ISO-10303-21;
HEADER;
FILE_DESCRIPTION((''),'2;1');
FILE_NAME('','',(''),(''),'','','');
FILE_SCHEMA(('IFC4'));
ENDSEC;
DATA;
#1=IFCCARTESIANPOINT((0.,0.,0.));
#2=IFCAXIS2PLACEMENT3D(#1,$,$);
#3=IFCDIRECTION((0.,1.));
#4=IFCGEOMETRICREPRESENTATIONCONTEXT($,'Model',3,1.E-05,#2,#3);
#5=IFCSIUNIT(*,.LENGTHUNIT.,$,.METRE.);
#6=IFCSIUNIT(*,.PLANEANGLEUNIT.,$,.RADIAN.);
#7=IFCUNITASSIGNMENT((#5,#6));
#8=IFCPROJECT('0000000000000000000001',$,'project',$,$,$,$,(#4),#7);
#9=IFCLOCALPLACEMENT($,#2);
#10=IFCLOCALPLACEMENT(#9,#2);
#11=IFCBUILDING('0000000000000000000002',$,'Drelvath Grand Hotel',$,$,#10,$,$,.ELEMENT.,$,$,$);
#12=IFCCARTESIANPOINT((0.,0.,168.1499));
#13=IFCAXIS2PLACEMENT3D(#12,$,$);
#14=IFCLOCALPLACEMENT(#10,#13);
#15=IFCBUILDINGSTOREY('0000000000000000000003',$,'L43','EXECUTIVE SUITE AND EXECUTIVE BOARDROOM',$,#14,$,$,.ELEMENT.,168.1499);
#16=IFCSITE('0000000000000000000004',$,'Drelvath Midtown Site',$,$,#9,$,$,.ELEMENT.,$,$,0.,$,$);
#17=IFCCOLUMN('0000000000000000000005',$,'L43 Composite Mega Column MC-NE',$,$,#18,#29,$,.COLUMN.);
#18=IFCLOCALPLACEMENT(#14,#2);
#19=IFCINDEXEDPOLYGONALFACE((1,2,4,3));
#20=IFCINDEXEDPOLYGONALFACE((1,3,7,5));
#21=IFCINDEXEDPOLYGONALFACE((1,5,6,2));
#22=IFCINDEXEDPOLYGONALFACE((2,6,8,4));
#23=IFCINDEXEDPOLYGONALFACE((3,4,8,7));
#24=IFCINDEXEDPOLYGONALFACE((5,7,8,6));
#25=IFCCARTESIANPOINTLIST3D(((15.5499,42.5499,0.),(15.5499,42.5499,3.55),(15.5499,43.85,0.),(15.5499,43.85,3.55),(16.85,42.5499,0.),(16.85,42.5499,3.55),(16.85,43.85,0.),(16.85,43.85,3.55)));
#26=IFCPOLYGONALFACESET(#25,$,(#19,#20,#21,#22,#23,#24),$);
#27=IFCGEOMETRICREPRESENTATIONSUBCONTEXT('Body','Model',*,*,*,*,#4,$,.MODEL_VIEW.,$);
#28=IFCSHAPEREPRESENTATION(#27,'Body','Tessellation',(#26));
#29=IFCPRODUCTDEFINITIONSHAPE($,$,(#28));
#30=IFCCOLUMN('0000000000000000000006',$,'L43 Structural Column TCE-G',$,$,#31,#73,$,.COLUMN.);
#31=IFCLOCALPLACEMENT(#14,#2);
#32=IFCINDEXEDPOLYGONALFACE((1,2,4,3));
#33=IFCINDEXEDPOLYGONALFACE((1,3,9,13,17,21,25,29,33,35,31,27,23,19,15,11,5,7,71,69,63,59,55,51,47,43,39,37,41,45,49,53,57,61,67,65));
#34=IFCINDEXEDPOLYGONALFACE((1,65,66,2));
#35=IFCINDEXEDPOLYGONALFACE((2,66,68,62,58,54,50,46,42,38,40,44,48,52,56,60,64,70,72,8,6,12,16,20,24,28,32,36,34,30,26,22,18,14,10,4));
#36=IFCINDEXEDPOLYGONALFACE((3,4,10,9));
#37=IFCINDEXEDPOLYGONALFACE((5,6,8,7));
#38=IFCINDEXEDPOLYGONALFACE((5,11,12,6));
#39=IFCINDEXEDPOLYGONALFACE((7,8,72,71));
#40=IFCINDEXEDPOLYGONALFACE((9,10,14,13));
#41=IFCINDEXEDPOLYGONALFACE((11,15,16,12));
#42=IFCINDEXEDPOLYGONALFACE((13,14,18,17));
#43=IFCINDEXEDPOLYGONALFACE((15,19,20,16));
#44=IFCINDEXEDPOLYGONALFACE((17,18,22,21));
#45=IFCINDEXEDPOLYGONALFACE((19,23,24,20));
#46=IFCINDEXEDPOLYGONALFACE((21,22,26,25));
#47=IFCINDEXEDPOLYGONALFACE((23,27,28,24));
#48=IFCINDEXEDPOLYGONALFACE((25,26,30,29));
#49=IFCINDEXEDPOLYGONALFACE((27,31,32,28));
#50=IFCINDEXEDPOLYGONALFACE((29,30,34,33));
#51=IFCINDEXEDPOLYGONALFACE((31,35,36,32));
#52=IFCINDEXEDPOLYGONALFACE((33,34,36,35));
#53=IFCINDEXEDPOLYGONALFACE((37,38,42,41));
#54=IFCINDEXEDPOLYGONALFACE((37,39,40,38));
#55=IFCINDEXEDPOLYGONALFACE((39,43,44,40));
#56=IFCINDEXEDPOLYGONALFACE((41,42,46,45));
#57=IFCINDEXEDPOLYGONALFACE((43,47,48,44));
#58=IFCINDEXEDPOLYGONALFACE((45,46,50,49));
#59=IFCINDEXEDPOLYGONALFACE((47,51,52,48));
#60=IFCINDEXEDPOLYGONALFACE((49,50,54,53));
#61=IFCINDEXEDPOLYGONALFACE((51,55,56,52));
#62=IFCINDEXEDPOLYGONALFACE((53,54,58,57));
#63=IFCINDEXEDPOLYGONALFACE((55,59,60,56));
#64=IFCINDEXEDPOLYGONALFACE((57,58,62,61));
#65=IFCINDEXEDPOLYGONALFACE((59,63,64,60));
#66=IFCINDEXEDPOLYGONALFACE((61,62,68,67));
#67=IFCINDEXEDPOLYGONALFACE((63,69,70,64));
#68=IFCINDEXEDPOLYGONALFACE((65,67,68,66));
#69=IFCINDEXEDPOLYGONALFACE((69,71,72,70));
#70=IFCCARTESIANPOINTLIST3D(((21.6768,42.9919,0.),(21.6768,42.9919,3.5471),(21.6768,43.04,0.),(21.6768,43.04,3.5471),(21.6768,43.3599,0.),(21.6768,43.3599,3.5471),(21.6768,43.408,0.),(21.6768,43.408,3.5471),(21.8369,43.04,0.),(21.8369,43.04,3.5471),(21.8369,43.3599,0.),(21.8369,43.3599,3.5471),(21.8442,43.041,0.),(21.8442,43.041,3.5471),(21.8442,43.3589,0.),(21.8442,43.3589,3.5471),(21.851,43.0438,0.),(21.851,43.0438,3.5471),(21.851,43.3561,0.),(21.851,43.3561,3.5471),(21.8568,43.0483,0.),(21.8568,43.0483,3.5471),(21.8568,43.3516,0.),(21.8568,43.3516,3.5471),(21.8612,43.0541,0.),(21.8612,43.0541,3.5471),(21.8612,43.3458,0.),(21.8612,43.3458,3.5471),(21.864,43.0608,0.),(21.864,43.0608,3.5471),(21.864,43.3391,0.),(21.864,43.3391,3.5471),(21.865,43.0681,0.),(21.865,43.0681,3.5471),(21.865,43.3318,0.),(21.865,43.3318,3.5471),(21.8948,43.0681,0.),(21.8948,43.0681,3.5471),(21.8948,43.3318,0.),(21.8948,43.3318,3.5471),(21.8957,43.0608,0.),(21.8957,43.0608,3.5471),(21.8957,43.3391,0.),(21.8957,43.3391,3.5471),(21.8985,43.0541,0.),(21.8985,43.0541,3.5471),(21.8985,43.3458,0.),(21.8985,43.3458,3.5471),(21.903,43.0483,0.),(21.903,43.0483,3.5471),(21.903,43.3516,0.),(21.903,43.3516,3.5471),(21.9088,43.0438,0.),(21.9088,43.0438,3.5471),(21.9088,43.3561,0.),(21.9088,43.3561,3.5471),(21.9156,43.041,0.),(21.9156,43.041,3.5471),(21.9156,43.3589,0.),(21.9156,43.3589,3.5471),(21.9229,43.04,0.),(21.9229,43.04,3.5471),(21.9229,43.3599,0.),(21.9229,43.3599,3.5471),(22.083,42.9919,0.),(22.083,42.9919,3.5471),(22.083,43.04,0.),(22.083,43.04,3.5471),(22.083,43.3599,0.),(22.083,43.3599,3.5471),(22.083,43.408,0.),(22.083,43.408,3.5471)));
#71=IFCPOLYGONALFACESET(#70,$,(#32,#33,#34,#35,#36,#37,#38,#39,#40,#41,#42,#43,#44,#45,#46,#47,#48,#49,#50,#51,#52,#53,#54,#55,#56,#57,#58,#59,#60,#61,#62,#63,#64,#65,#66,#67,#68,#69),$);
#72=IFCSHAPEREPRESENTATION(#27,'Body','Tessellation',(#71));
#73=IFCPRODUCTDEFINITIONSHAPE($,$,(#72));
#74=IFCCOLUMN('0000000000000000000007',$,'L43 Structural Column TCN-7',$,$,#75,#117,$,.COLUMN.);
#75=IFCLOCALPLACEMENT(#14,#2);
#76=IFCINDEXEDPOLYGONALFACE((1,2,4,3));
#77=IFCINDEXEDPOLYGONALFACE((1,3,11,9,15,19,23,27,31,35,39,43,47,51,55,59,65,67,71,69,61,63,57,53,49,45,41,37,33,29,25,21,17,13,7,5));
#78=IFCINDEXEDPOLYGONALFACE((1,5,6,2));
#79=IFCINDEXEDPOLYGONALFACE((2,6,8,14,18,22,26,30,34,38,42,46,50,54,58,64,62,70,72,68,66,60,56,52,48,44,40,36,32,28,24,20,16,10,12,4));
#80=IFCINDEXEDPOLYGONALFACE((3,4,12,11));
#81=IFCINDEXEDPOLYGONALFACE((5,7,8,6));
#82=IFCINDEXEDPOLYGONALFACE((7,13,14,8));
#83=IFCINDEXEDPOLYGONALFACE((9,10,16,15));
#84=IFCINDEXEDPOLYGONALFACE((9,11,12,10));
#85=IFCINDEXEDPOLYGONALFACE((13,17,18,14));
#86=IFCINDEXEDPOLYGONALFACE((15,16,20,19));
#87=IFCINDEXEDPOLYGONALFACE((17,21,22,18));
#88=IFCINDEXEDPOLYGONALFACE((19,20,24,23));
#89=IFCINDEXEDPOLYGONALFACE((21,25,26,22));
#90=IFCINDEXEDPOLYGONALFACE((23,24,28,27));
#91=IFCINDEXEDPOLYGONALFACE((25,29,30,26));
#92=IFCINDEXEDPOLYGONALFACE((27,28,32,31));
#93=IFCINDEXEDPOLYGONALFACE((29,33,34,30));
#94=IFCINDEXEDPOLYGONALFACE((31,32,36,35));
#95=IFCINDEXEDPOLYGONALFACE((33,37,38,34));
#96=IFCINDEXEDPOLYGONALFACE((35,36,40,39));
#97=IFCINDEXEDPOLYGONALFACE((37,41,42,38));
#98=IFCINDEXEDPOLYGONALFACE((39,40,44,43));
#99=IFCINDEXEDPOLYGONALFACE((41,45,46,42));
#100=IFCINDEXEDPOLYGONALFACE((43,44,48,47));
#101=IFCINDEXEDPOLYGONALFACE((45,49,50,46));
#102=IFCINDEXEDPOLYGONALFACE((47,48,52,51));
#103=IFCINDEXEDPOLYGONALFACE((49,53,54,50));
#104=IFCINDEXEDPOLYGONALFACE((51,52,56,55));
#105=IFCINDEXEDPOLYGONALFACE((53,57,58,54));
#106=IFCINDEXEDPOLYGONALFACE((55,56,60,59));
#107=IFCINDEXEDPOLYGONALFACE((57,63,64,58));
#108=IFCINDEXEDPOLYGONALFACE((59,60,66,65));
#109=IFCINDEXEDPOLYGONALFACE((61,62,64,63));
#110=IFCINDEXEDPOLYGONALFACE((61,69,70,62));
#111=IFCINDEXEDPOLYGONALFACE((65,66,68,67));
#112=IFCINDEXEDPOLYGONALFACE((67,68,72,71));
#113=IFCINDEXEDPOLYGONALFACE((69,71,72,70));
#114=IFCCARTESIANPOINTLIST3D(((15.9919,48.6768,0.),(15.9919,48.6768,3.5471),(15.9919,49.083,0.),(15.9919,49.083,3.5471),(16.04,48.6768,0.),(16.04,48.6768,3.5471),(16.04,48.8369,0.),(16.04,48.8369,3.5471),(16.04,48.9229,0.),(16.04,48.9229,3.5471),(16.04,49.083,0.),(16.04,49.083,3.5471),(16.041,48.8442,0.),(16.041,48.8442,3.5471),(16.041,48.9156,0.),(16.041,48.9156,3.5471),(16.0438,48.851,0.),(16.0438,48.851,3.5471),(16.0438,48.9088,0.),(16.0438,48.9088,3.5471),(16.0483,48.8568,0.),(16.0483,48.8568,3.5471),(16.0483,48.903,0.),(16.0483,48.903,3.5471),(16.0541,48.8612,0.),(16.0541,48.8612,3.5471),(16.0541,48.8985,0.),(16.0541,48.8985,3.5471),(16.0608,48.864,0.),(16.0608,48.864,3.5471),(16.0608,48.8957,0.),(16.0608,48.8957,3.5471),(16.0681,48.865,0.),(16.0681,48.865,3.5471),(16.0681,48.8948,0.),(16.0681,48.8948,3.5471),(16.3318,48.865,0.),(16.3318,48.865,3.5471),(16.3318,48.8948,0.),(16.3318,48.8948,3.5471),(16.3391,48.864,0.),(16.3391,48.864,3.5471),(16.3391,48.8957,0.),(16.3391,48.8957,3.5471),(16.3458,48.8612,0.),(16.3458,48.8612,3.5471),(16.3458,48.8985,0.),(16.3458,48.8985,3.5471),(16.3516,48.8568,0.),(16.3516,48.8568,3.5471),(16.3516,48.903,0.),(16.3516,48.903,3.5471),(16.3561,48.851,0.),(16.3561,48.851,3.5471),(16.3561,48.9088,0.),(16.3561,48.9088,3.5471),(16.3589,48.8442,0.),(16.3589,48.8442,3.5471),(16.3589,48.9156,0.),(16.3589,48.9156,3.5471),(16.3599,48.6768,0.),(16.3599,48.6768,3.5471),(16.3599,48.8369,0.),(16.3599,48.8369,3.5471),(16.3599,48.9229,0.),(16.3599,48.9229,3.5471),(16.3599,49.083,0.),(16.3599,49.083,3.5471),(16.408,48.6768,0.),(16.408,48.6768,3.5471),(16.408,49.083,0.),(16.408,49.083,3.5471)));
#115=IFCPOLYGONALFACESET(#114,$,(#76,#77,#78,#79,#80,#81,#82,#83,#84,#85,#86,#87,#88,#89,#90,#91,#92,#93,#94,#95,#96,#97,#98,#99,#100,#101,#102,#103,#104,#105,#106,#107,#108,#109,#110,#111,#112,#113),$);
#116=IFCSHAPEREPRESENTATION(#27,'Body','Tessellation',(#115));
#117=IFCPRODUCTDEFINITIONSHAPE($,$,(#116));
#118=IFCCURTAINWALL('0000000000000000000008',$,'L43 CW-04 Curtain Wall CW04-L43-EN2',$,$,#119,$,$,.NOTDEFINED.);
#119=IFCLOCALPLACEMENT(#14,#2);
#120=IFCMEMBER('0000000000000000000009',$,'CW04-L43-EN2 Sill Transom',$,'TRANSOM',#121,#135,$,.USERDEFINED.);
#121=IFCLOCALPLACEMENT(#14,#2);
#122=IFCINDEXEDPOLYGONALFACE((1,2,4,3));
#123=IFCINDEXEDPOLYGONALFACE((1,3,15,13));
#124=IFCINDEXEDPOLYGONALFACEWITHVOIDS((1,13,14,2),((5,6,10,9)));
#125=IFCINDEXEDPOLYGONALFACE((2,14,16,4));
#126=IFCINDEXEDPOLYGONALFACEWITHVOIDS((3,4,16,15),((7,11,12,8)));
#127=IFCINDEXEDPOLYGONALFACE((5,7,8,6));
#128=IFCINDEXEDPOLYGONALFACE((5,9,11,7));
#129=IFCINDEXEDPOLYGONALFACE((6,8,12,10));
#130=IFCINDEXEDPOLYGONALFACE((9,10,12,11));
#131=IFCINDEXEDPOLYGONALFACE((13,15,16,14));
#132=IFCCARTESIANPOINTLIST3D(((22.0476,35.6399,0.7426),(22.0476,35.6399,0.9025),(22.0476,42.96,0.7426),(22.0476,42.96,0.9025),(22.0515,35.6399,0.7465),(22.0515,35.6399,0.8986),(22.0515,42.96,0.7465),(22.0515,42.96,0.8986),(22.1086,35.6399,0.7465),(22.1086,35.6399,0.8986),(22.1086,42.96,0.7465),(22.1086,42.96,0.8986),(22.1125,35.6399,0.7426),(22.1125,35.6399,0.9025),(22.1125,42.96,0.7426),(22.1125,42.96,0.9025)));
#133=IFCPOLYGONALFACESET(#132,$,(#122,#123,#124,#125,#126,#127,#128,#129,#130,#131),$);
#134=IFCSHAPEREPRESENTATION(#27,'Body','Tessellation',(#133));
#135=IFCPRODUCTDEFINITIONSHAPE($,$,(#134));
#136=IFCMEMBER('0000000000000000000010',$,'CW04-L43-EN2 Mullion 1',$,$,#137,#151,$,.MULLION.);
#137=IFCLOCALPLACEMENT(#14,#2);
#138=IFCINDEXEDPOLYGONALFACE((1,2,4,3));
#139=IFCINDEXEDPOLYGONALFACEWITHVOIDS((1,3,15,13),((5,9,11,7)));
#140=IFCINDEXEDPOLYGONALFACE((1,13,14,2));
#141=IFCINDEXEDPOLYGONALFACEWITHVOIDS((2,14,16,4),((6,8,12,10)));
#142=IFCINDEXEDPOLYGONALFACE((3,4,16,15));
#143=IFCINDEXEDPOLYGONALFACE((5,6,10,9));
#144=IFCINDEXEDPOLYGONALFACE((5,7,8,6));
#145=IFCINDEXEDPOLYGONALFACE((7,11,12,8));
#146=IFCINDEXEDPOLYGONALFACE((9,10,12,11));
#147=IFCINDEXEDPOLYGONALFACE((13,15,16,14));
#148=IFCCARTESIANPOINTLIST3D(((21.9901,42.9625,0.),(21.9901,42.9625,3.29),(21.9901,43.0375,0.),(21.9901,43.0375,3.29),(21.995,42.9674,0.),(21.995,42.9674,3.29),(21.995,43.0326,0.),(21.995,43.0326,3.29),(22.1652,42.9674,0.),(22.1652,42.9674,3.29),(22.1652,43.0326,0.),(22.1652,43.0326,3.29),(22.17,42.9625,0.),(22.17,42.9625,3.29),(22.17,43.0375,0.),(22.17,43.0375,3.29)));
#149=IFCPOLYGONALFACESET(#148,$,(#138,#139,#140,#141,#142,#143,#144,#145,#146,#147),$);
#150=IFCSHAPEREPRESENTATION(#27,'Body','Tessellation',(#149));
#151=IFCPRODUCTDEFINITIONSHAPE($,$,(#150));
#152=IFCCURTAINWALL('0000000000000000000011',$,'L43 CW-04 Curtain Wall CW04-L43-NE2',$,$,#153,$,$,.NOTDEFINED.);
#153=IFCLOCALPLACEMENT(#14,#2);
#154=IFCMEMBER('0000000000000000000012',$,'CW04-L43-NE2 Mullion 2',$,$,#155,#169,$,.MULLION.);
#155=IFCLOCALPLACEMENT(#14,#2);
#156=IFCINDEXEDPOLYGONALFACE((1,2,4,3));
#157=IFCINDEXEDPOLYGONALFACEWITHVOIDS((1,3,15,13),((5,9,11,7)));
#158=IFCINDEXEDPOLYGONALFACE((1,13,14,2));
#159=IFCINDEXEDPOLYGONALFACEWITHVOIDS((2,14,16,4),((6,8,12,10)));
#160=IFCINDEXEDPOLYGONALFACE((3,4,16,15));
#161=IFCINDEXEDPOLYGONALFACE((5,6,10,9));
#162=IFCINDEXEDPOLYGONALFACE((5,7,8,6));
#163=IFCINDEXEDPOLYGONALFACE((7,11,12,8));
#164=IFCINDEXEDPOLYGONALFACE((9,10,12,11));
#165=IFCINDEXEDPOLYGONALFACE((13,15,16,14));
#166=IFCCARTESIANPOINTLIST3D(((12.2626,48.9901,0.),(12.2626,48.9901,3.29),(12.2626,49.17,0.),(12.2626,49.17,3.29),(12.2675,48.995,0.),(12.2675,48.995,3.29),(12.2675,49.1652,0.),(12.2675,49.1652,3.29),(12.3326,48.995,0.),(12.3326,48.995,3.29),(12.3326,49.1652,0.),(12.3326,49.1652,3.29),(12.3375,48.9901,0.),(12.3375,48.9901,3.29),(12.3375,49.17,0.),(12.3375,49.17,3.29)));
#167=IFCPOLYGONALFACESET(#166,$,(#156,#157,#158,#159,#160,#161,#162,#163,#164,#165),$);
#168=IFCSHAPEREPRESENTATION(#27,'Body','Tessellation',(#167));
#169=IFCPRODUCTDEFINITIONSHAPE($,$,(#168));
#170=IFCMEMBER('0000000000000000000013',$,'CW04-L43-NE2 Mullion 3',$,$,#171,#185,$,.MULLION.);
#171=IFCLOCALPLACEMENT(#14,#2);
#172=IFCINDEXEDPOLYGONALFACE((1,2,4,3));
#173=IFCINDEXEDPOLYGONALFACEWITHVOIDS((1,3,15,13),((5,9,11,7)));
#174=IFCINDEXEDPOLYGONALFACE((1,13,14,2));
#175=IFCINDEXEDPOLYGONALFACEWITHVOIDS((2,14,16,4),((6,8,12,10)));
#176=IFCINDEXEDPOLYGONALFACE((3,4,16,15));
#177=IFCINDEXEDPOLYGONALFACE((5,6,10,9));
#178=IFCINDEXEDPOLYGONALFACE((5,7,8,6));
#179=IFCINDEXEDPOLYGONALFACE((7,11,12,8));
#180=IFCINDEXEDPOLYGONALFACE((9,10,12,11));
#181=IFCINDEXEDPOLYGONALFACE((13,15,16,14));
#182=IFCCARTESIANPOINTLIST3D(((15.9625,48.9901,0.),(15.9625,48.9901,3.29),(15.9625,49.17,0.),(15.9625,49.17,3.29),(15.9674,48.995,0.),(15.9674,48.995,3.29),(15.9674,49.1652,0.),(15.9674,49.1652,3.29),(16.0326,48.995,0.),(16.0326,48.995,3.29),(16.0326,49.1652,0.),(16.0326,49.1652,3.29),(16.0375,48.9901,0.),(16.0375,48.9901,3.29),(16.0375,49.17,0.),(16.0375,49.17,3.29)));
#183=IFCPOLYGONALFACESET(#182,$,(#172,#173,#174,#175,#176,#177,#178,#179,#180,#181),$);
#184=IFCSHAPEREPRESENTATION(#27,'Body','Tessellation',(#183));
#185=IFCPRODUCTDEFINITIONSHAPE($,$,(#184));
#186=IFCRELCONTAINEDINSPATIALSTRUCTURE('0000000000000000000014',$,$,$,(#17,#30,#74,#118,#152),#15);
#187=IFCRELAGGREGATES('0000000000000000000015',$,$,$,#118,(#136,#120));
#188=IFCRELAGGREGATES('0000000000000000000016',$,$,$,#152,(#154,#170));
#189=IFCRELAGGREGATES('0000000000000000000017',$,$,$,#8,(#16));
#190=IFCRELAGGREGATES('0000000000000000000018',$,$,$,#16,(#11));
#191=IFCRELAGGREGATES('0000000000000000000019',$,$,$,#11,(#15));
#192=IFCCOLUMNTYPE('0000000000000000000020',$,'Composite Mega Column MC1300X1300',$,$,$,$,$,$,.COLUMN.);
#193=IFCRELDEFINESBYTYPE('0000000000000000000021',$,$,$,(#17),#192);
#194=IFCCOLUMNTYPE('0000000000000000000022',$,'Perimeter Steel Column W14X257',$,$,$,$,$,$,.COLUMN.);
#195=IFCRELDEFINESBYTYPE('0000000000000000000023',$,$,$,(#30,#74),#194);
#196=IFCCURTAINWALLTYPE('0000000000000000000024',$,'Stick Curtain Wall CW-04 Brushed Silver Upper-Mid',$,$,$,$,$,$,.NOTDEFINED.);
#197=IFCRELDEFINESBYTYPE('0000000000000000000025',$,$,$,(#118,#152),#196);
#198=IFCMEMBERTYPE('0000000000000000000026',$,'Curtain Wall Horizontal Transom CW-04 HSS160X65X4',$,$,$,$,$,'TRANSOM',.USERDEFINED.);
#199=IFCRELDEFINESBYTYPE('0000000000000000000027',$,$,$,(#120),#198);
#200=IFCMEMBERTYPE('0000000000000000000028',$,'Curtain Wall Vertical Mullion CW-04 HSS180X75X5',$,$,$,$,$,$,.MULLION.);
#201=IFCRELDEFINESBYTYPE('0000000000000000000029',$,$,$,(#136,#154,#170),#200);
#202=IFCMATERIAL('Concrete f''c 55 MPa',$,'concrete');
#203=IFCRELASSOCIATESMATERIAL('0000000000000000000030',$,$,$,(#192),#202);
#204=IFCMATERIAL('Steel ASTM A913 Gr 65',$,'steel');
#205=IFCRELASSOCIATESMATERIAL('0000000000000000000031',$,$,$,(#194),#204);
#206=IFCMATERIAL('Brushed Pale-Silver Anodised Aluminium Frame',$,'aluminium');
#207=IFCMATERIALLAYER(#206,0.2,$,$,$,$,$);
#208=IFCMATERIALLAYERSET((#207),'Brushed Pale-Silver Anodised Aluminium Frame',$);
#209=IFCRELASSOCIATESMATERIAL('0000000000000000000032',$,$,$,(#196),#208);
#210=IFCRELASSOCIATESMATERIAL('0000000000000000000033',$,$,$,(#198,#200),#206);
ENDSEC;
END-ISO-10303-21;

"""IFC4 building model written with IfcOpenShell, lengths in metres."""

from ifc_helpers import new_model, si_unit, direction, frame, origin, origin_2d, place, context, subcontext, project, spatial, rectangle, hollow_rectangle, i_section, extrude, material, layer, layer_set, material_profile, profile_set, type_object, element, aggregate, save


model = new_model("IFC4")

# Units and contexts
model_context = context("Model", 3, precision=1e-05, world=origin(), true_north=direction((0.0, 1.0)))
body_context = subcontext(model_context, "Body", "Model", "MODEL_VIEW")
ifc_project = project(units=[si_unit("LENGTHUNIT", "METRE"), si_unit("PLANEANGLEUNIT", "RADIAN")], contexts=[model_context])

# Site, building, storey
site_placement = place(None, origin())
site = spatial("IfcSite", under=ifc_project, at=site_placement, Name="Drelvath Midtown Site", CompositionType="ELEMENT", RefElevation=0.0)
building_placement = place(site_placement, origin())
building = spatial("IfcBuilding", under=site, at=building_placement, Name="Drelvath Grand Hotel", CompositionType="ELEMENT")
storey_placement = place(building_placement, frame((0.0, 0.0, 168.1499)))
storey = spatial("IfcBuildingStorey", under=building, at=storey_placement, Name="L43", Description="EXECUTIVE SUITE AND EXECUTIVE BOARDROOM", CompositionType="ELEMENT", Elevation=168.1499)

# Columns
ifc_material_1 = material(Name="Concrete f'c 55 MPa", Category="concrete")
ifc_material_profile_1 = material_profile(ifc_material_1, rectangle(XDim=1.3, YDim=1.3, at=origin_2d()), Name="MC1300X1300")
ifc_profile_set_1 = profile_set([ifc_material_profile_1], Name="Concrete f'c 55 MPa")
column_type_1 = type_object("IfcColumnType", Name="Composite Mega Column MC1300X1300", PredefinedType="COLUMN", material=ifc_profile_set_1)
column_placement = place(storey_placement, frame((16.2, 43.2, 0.0), z_axis=(0.0, 0.0, 1.0), x_axis=(1.0, 0.0, 0.0)))
element("IfcColumn", 1, at=column_placement, inside=storey, type_object=column_type_1, Name="L43 Composite Mega Column MC-NE", PredefinedType="COLUMN", context=body_context, shape_type="SweptSolid", body=[
    extrude(rectangle(XDim=1.3, YDim=1.3, at=origin_2d()), origin(), (0.0, 0.0, 1.0), 3.55),
])
ifc_material_2 = material(Name="Steel ASTM A913 Gr 65", Category="steel")
ifc_material_profile_2 = material_profile(ifc_material_2, i_section(OverallWidth=0.4062, OverallDepth=0.416, WebThickness=0.0298, FlangeThickness=0.0481, FilletRadius=0.0281, at=origin_2d()), Name="W14X257")
ifc_profile_set_2 = profile_set([ifc_material_profile_2], Name="Steel ASTM A913 Gr 65")
column_type_2 = type_object("IfcColumnType", Name="Perimeter Steel Column W14X257", PredefinedType="COLUMN", material=ifc_profile_set_2)
for number, where, z_axis, x_axis, name in (
    (2, (21.8799, 43.2, 0.0), (0.0, 0.0, 1.0), (1.0, 0.0, 0.0), "L43 Structural Column TCE-G"),
    (3, (16.2, 48.8799, 0.0), (0.0, 0.0, 1.0), (0.0, 1.0, 0.0), "L43 Structural Column TCN-7"),
):
    element("IfcColumn", number, at=place(storey_placement, frame(where, z_axis=z_axis, x_axis=x_axis)), inside=storey, type_object=column_type_2, Name=name, PredefinedType="COLUMN", context=body_context, shape_type="SweptSolid", body=[
        extrude(i_section(OverallWidth=0.4062, OverallDepth=0.416, WebThickness=0.0298, FlangeThickness=0.0481, FilletRadius=0.0281, at=origin_2d()), origin(), (0.0, 0.0, 1.0), 3.5471),
    ])

# Curtain walls, members
ifc_material_3 = material(Name="Brushed Pale-Silver Anodised Aluminium Frame", Category="aluminium")
ifc_layer_1 = layer(ifc_material_3, 0.2)
ifc_layer_set_1 = layer_set([ifc_layer_1], Name="Brushed Pale-Silver Anodised Aluminium Frame")
curtain_wall_type = type_object("IfcCurtainWallType", Name="Stick Curtain Wall CW-04 Brushed Silver Upper-Mid", PredefinedType="NOTDEFINED", material=ifc_layer_set_1)
curtain_wall_1_placement = place(storey_placement, origin())
curtain_wall_1 = element("IfcCurtainWall", 4, at=curtain_wall_1_placement, inside=storey, type_object=curtain_wall_type, Name="L43 CW-04 Curtain Wall CW04-L43-EN2", PredefinedType="NOTDEFINED")
ifc_material_profile_3 = material_profile(ifc_material_3, hollow_rectangle(XDim=0.0649, YDim=0.1599, WallThickness=0.0039, at=origin_2d()), Name="HSS160X65X4")
ifc_profile_set_3 = profile_set([ifc_material_profile_3], Name="Brushed Pale-Silver Anodised Aluminium Frame")
member_type_1 = type_object("IfcMemberType", Name="Curtain Wall Horizontal Transom CW-04 HSS160X65X4", ElementType="TRANSOM", PredefinedType="USERDEFINED", material=ifc_profile_set_3)
member_1_placement = place(storey_placement, frame((22.0801, 42.96, 0.8225), z_axis=(0.0, -1.0, 0.0), x_axis=(1.0, 0.0, 0.0)))
member_1 = element("IfcMember", 5, at=member_1_placement, type_object=member_type_1, Name="CW04-L43-EN2 Sill Transom", ObjectType="TRANSOM", PredefinedType="USERDEFINED", context=body_context, shape_type="SweptSolid", body=[
    extrude(hollow_rectangle(XDim=0.0649, YDim=0.1599, WallThickness=0.0039, at=origin_2d()), origin(), (0.0, 0.0, 1.0), 7.3201),
])
ifc_material_profile_4 = material_profile(ifc_material_3, hollow_rectangle(XDim=0.075, YDim=0.1799, WallThickness=0.0049, at=origin_2d()), Name="HSS180X75X5")
ifc_profile_set_4 = profile_set([ifc_material_profile_4], Name="Brushed Pale-Silver Anodised Aluminium Frame")
member_type_2 = type_object("IfcMemberType", Name="Curtain Wall Vertical Mullion CW-04 HSS180X75X5", PredefinedType="MULLION", material=ifc_profile_set_4)
member_2_placement = place(storey_placement, frame((22.0801, 43.0, 0.0), z_axis=(0.0, 0.0, 1.0), x_axis=(0.0, 1.0, 0.0)))
member_2 = element("IfcMember", 6, at=member_2_placement, type_object=member_type_2, Name="CW04-L43-EN2 Mullion 1", PredefinedType="MULLION", context=body_context, shape_type="SweptSolid", body=[
    extrude(hollow_rectangle(XDim=0.075, YDim=0.1799, WallThickness=0.0049, at=origin_2d()), origin(), (0.0, 0.0, 1.0), 3.29),
])
curtain_wall_2_placement = place(storey_placement, origin())
curtain_wall_2 = element("IfcCurtainWall", 7, at=curtain_wall_2_placement, inside=storey, type_object=curtain_wall_type, Name="L43 CW-04 Curtain Wall CW04-L43-NE2", PredefinedType="NOTDEFINED")
member_3_placement = place(storey_placement, frame((12.3, 49.0801, 0.0), z_axis=(0.0, 0.0, 1.0), x_axis=(1.0, 0.0, 0.0)))
member_3 = element("IfcMember", 8, at=member_3_placement, type_object=member_type_2, Name="CW04-L43-NE2 Mullion 2", PredefinedType="MULLION", context=body_context, shape_type="SweptSolid", body=[
    extrude(hollow_rectangle(XDim=0.075, YDim=0.1799, WallThickness=0.0049, at=origin_2d()), origin(), (0.0, 0.0, 1.0), 3.29),
])
member_4_placement = place(storey_placement, frame((16.0, 49.0801, 0.0), z_axis=(0.0, 0.0, 1.0), x_axis=(1.0, 0.0, 0.0)))
member_4 = element("IfcMember", 9, at=member_4_placement, type_object=member_type_2, Name="CW04-L43-NE2 Mullion 3", PredefinedType="MULLION", context=body_context, shape_type="SweptSolid", body=[
    extrude(hollow_rectangle(XDim=0.075, YDim=0.1799, WallThickness=0.0049, at=origin_2d()), origin(), (0.0, 0.0, 1.0), 3.29),
])

aggregate(curtain_wall_1, [member_2, member_1])
aggregate(curtain_wall_2, [member_3, member_4])

save(model, "model.ifc")
